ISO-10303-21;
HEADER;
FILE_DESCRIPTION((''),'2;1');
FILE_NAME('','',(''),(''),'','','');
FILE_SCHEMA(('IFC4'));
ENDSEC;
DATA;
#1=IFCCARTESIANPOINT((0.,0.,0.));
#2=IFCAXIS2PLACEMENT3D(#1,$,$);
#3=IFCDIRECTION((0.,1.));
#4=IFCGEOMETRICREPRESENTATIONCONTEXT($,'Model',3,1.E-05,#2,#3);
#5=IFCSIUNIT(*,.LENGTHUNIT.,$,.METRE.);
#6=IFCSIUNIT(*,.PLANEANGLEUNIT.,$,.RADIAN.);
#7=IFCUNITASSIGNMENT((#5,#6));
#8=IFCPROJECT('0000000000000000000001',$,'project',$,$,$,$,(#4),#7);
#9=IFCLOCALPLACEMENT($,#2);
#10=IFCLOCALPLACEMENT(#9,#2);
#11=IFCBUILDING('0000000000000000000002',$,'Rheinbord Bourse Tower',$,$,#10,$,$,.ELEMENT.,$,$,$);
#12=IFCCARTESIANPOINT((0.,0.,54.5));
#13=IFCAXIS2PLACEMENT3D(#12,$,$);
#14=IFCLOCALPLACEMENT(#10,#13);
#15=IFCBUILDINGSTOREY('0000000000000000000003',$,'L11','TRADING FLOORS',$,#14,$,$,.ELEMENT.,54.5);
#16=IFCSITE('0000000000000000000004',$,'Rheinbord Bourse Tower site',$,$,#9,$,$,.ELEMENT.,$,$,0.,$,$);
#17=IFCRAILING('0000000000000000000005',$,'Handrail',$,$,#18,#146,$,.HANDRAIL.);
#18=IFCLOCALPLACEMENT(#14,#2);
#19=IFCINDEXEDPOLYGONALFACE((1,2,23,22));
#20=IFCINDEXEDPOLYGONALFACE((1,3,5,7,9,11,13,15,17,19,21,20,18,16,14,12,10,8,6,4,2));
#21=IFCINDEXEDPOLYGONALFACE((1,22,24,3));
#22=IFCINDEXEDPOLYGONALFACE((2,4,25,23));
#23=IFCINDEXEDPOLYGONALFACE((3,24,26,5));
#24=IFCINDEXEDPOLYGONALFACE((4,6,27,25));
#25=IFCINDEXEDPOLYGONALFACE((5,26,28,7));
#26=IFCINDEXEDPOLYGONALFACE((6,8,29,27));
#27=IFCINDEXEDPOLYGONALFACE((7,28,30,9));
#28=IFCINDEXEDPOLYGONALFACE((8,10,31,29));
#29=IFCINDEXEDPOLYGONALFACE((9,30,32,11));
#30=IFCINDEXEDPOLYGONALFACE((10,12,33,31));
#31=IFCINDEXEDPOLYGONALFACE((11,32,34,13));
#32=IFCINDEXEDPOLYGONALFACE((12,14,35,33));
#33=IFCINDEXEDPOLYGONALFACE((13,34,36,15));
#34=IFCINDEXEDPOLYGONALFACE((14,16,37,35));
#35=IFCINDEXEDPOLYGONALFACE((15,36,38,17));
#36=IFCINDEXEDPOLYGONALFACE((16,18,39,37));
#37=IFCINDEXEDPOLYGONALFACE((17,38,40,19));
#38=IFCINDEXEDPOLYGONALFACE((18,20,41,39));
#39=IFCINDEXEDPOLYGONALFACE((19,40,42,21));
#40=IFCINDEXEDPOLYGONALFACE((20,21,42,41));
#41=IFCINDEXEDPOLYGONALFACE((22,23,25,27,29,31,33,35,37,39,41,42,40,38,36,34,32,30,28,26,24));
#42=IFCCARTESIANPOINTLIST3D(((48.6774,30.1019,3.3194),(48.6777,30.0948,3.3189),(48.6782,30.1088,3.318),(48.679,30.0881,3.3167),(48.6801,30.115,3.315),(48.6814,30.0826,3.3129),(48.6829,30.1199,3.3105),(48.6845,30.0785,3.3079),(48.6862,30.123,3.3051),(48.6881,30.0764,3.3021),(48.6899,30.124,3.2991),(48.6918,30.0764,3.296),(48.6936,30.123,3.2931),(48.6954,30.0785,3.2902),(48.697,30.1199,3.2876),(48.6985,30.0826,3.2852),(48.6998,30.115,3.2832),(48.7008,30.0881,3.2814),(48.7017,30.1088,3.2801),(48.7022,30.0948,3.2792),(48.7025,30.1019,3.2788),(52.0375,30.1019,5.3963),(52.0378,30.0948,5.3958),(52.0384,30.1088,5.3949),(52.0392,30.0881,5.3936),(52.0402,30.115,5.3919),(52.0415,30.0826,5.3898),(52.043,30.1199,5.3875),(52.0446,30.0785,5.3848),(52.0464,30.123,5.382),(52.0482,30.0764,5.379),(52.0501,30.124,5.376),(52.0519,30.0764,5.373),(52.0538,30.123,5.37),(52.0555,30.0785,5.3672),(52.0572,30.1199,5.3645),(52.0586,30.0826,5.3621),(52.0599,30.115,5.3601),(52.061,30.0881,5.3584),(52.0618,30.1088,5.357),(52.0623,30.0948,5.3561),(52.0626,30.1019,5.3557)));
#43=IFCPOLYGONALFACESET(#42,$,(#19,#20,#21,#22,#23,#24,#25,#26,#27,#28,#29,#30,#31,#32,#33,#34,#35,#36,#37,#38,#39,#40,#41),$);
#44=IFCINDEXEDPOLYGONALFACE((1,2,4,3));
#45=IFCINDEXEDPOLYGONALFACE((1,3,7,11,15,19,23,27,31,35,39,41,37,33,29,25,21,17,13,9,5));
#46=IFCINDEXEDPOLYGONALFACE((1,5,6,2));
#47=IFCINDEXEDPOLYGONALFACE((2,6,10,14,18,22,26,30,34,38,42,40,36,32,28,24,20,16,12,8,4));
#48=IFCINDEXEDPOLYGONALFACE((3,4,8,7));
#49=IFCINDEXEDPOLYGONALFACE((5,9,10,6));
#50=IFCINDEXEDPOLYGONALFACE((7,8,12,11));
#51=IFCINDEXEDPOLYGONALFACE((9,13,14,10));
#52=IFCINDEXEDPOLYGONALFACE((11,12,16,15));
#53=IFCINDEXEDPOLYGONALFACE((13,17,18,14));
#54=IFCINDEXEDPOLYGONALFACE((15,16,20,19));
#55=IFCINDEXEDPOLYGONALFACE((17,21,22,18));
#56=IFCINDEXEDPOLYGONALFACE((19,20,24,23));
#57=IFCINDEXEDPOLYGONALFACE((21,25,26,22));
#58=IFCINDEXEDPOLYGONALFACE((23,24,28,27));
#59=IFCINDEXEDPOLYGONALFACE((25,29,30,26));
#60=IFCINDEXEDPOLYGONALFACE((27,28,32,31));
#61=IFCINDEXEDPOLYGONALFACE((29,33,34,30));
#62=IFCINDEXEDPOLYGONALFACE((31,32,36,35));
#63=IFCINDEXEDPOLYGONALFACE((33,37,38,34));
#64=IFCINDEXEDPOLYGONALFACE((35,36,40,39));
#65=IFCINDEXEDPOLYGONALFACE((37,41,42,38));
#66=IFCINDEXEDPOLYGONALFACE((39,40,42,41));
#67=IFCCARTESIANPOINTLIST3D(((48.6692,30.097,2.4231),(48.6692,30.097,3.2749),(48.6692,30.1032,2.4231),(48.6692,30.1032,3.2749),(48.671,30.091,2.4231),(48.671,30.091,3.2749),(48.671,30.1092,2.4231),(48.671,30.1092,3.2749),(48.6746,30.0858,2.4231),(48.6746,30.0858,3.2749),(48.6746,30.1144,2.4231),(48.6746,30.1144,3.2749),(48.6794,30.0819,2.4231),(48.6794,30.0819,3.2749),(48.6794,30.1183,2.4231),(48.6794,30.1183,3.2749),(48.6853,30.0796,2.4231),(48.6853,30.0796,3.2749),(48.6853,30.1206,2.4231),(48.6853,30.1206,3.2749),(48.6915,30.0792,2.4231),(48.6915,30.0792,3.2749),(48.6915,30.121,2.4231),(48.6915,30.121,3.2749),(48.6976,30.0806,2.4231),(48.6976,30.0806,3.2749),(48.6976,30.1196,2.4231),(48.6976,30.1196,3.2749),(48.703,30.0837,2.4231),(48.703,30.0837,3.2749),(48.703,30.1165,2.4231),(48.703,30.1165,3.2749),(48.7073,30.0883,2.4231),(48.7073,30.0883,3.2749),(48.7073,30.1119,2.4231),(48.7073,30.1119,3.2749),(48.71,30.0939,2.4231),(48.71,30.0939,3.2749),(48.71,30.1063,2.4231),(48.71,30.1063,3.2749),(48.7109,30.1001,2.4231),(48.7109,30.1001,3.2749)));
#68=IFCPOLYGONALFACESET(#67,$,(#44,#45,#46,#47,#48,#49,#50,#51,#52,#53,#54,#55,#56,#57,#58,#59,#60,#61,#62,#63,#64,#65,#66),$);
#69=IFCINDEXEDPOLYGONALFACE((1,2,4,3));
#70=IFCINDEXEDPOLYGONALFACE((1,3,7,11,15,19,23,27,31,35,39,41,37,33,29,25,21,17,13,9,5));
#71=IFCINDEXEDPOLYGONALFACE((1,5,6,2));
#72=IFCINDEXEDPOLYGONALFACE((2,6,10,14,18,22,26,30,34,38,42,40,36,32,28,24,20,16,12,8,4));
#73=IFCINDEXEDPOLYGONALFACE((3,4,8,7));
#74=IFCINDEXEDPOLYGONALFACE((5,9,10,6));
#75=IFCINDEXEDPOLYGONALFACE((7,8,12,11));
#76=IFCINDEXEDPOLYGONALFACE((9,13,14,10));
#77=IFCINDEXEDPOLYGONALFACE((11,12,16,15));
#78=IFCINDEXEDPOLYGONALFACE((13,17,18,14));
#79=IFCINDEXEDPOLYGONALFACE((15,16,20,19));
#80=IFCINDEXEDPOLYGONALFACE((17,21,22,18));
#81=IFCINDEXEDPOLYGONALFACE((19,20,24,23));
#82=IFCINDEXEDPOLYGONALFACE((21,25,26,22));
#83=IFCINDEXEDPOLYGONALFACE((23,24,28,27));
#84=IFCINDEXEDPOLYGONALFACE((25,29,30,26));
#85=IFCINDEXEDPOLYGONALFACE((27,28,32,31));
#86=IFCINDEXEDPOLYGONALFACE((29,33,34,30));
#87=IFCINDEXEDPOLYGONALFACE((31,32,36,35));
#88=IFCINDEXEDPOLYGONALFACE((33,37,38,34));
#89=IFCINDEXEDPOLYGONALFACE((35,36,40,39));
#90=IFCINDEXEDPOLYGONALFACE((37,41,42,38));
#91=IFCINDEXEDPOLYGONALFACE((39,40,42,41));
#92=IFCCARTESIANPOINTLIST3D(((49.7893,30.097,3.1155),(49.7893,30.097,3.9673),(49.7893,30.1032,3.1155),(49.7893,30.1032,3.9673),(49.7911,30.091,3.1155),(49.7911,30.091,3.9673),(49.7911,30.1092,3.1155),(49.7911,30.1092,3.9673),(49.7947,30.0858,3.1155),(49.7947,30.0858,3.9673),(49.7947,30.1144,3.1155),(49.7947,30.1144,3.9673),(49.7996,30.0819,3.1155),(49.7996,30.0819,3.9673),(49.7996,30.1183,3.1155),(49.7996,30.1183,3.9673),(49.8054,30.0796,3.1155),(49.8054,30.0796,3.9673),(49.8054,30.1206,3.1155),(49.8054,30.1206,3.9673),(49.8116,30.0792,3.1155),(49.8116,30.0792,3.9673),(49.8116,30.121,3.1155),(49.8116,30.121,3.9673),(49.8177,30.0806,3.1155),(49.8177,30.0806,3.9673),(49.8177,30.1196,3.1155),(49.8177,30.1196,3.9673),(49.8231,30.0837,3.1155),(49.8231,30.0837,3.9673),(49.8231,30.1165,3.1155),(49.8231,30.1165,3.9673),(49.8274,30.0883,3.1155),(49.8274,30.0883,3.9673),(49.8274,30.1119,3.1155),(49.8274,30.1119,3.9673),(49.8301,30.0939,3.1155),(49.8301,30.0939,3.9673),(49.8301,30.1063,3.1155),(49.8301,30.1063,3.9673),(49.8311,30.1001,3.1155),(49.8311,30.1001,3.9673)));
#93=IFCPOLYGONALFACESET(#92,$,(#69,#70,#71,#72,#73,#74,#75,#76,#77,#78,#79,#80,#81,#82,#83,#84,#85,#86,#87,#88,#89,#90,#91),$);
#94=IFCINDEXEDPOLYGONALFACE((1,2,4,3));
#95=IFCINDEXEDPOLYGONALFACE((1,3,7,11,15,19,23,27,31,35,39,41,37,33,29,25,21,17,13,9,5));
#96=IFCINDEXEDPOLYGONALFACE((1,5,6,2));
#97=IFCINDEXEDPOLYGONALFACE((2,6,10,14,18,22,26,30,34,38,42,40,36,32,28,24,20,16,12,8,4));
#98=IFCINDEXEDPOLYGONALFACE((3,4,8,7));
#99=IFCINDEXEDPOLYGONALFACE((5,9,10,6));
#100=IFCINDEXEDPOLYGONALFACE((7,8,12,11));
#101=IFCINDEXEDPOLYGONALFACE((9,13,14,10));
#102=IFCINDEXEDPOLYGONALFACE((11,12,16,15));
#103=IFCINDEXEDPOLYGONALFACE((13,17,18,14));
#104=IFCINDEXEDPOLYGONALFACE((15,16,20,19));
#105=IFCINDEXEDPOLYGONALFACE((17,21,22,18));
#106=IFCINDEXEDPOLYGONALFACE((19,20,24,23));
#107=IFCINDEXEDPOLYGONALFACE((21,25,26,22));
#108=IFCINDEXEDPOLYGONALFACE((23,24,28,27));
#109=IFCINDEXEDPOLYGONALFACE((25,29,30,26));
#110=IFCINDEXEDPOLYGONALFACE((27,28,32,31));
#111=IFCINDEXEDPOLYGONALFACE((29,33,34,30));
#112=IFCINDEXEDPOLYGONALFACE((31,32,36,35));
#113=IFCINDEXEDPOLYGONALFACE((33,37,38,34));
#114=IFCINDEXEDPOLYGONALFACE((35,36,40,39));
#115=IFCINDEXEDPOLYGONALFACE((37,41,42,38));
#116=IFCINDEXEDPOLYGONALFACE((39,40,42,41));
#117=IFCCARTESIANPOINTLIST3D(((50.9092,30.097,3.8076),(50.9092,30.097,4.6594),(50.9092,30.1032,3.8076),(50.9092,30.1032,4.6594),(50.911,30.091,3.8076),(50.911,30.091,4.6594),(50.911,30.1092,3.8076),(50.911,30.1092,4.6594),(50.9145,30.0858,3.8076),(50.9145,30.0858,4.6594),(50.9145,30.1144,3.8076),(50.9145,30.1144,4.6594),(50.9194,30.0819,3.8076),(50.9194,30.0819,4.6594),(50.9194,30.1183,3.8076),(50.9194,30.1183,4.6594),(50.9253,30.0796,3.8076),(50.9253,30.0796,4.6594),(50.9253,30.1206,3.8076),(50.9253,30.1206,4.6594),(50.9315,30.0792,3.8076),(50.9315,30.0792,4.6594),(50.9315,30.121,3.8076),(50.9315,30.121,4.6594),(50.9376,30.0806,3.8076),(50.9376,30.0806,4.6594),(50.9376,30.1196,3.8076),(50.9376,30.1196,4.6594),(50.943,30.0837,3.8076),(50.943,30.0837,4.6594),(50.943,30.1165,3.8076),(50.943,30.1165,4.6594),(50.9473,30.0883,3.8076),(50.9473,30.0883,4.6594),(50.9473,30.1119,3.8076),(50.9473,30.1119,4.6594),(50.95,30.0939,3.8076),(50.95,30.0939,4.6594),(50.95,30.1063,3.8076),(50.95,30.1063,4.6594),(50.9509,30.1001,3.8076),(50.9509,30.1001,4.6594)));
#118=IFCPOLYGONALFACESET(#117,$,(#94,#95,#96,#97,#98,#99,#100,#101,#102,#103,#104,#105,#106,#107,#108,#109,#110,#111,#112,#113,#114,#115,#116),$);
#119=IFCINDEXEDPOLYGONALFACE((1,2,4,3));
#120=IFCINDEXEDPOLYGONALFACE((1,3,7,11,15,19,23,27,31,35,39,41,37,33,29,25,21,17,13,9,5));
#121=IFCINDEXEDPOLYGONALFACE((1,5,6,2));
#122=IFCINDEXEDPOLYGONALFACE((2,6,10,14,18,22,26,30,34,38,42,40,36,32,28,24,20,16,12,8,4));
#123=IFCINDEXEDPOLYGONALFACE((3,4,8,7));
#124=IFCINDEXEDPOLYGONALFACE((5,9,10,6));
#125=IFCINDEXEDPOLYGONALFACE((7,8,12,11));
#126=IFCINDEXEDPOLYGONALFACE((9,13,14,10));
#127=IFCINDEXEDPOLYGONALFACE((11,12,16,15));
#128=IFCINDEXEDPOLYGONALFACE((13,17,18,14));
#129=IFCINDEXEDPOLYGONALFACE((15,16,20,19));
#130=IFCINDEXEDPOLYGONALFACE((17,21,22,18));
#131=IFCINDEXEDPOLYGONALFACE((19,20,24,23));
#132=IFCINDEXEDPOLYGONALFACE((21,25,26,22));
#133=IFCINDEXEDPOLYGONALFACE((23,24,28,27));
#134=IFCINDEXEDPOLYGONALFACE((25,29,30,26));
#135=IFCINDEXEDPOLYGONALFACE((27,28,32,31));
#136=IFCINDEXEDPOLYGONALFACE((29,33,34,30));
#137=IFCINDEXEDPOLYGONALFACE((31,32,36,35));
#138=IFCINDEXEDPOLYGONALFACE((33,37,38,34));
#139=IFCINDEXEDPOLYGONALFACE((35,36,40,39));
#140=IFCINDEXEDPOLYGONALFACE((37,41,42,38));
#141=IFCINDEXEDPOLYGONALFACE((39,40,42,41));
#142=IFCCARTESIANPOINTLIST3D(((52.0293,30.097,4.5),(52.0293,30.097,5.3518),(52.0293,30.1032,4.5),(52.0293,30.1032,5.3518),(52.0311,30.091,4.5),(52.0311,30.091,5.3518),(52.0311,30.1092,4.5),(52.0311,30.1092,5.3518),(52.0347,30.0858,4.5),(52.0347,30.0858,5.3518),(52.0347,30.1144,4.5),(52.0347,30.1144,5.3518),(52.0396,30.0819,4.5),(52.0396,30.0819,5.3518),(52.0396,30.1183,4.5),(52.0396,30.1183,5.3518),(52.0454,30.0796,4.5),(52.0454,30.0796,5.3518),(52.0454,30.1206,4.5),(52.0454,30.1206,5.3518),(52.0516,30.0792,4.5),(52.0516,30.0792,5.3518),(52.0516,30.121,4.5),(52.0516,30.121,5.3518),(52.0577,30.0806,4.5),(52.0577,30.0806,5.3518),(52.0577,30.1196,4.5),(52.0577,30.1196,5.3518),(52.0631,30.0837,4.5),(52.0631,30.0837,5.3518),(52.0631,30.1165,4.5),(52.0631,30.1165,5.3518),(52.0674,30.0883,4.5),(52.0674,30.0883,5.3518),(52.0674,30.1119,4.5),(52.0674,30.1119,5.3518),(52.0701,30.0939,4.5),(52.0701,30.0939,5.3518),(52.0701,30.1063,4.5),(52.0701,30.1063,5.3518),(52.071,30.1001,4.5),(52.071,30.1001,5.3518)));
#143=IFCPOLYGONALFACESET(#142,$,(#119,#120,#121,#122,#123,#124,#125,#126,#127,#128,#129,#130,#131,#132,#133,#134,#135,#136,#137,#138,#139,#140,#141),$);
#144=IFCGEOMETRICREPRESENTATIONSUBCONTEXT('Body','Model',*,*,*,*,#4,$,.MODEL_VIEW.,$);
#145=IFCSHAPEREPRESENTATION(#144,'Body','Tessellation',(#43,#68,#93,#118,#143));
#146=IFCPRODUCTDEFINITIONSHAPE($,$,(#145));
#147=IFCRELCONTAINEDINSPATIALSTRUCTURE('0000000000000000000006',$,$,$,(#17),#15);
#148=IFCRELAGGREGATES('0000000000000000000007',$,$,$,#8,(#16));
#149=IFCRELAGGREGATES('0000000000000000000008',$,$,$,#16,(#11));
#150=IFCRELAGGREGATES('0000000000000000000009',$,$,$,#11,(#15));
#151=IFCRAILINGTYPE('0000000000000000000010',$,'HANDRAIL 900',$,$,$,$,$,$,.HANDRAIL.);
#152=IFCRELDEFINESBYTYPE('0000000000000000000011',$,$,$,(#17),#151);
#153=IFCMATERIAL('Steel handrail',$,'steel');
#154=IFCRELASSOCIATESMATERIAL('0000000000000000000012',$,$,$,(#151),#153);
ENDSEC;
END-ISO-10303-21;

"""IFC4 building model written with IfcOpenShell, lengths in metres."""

from ifc_helpers import new_model, si_unit, direction, frame, origin, origin_2d, place, context, subcontext, project, spatial, circle, extrude, material, type_object, element, save


model = new_model("IFC4")

# Units and contexts
model_context = context("Model", 3, precision=1e-05, world=origin(), true_north=direction((0.0, 1.0)))
body_context = subcontext(model_context, "Body", "Model", "MODEL_VIEW")
ifc_project = project(units=[si_unit("LENGTHUNIT", "METRE"), si_unit("PLANEANGLEUNIT", "RADIAN")], contexts=[model_context])

# Site, building, storey
site_placement = place(None, origin())
site = spatial("IfcSite", under=ifc_project, at=site_placement, Name="Rheinbord Bourse Tower site", CompositionType="ELEMENT", RefElevation=0.0)
building_placement = place(site_placement, origin())
building = spatial("IfcBuilding", under=site, at=building_placement, Name="Rheinbord Bourse Tower", CompositionType="ELEMENT")
storey_placement = place(building_placement, frame((0.0, 0.0, 54.5)))
storey = spatial("IfcBuildingStorey", under=building, at=storey_placement, Name="L11", Description="TRADING FLOORS", CompositionType="ELEMENT", Elevation=54.5)

# Railing
ifc_material_1 = material(Name="Steel handrail", Category="steel")
railing_type = type_object("IfcRailingType", Name="HANDRAIL 900", PredefinedType="HANDRAIL", material=ifc_material_1)
railing_1_placement = place(storey_placement, frame((48.6899, 30.1001, 2.4231)))
element("IfcRailing", 1, at=railing_1_placement, inside=storey, type_object=railing_type, Name="Handrail", PredefinedType="HANDRAIL", context=body_context, shape_type="SweptSolid", body=[
    extrude(circle(Radius=0.0239, at=origin_2d()), frame((0.0, 0.0, 0.876), z_axis=(0.850623, 0.0, 0.525776), x_axis=(0.0, 1.0, 0.0)), (0.0, 0.0, 1.0), 3.9502),
    extrude(circle(Radius=0.021, at=origin_2d()), origin(), (0.0, 0.0, 1.0), 0.8518),
    extrude(circle(Radius=0.021, at=origin_2d()), frame((1.1201, 0.0, 0.6924)), (0.0, 0.0, 1.0), 0.8518),
    extrude(circle(Radius=0.021, at=origin_2d()), frame((2.24, 0.0, 1.3845)), (0.0, 0.0, 1.0), 0.8518),
    extrude(circle(Radius=0.021, at=origin_2d()), frame((3.3601, 0.0, 2.0769)), (0.0, 0.0, 1.0), 0.8518),
])

save(model, "model.ifc")
